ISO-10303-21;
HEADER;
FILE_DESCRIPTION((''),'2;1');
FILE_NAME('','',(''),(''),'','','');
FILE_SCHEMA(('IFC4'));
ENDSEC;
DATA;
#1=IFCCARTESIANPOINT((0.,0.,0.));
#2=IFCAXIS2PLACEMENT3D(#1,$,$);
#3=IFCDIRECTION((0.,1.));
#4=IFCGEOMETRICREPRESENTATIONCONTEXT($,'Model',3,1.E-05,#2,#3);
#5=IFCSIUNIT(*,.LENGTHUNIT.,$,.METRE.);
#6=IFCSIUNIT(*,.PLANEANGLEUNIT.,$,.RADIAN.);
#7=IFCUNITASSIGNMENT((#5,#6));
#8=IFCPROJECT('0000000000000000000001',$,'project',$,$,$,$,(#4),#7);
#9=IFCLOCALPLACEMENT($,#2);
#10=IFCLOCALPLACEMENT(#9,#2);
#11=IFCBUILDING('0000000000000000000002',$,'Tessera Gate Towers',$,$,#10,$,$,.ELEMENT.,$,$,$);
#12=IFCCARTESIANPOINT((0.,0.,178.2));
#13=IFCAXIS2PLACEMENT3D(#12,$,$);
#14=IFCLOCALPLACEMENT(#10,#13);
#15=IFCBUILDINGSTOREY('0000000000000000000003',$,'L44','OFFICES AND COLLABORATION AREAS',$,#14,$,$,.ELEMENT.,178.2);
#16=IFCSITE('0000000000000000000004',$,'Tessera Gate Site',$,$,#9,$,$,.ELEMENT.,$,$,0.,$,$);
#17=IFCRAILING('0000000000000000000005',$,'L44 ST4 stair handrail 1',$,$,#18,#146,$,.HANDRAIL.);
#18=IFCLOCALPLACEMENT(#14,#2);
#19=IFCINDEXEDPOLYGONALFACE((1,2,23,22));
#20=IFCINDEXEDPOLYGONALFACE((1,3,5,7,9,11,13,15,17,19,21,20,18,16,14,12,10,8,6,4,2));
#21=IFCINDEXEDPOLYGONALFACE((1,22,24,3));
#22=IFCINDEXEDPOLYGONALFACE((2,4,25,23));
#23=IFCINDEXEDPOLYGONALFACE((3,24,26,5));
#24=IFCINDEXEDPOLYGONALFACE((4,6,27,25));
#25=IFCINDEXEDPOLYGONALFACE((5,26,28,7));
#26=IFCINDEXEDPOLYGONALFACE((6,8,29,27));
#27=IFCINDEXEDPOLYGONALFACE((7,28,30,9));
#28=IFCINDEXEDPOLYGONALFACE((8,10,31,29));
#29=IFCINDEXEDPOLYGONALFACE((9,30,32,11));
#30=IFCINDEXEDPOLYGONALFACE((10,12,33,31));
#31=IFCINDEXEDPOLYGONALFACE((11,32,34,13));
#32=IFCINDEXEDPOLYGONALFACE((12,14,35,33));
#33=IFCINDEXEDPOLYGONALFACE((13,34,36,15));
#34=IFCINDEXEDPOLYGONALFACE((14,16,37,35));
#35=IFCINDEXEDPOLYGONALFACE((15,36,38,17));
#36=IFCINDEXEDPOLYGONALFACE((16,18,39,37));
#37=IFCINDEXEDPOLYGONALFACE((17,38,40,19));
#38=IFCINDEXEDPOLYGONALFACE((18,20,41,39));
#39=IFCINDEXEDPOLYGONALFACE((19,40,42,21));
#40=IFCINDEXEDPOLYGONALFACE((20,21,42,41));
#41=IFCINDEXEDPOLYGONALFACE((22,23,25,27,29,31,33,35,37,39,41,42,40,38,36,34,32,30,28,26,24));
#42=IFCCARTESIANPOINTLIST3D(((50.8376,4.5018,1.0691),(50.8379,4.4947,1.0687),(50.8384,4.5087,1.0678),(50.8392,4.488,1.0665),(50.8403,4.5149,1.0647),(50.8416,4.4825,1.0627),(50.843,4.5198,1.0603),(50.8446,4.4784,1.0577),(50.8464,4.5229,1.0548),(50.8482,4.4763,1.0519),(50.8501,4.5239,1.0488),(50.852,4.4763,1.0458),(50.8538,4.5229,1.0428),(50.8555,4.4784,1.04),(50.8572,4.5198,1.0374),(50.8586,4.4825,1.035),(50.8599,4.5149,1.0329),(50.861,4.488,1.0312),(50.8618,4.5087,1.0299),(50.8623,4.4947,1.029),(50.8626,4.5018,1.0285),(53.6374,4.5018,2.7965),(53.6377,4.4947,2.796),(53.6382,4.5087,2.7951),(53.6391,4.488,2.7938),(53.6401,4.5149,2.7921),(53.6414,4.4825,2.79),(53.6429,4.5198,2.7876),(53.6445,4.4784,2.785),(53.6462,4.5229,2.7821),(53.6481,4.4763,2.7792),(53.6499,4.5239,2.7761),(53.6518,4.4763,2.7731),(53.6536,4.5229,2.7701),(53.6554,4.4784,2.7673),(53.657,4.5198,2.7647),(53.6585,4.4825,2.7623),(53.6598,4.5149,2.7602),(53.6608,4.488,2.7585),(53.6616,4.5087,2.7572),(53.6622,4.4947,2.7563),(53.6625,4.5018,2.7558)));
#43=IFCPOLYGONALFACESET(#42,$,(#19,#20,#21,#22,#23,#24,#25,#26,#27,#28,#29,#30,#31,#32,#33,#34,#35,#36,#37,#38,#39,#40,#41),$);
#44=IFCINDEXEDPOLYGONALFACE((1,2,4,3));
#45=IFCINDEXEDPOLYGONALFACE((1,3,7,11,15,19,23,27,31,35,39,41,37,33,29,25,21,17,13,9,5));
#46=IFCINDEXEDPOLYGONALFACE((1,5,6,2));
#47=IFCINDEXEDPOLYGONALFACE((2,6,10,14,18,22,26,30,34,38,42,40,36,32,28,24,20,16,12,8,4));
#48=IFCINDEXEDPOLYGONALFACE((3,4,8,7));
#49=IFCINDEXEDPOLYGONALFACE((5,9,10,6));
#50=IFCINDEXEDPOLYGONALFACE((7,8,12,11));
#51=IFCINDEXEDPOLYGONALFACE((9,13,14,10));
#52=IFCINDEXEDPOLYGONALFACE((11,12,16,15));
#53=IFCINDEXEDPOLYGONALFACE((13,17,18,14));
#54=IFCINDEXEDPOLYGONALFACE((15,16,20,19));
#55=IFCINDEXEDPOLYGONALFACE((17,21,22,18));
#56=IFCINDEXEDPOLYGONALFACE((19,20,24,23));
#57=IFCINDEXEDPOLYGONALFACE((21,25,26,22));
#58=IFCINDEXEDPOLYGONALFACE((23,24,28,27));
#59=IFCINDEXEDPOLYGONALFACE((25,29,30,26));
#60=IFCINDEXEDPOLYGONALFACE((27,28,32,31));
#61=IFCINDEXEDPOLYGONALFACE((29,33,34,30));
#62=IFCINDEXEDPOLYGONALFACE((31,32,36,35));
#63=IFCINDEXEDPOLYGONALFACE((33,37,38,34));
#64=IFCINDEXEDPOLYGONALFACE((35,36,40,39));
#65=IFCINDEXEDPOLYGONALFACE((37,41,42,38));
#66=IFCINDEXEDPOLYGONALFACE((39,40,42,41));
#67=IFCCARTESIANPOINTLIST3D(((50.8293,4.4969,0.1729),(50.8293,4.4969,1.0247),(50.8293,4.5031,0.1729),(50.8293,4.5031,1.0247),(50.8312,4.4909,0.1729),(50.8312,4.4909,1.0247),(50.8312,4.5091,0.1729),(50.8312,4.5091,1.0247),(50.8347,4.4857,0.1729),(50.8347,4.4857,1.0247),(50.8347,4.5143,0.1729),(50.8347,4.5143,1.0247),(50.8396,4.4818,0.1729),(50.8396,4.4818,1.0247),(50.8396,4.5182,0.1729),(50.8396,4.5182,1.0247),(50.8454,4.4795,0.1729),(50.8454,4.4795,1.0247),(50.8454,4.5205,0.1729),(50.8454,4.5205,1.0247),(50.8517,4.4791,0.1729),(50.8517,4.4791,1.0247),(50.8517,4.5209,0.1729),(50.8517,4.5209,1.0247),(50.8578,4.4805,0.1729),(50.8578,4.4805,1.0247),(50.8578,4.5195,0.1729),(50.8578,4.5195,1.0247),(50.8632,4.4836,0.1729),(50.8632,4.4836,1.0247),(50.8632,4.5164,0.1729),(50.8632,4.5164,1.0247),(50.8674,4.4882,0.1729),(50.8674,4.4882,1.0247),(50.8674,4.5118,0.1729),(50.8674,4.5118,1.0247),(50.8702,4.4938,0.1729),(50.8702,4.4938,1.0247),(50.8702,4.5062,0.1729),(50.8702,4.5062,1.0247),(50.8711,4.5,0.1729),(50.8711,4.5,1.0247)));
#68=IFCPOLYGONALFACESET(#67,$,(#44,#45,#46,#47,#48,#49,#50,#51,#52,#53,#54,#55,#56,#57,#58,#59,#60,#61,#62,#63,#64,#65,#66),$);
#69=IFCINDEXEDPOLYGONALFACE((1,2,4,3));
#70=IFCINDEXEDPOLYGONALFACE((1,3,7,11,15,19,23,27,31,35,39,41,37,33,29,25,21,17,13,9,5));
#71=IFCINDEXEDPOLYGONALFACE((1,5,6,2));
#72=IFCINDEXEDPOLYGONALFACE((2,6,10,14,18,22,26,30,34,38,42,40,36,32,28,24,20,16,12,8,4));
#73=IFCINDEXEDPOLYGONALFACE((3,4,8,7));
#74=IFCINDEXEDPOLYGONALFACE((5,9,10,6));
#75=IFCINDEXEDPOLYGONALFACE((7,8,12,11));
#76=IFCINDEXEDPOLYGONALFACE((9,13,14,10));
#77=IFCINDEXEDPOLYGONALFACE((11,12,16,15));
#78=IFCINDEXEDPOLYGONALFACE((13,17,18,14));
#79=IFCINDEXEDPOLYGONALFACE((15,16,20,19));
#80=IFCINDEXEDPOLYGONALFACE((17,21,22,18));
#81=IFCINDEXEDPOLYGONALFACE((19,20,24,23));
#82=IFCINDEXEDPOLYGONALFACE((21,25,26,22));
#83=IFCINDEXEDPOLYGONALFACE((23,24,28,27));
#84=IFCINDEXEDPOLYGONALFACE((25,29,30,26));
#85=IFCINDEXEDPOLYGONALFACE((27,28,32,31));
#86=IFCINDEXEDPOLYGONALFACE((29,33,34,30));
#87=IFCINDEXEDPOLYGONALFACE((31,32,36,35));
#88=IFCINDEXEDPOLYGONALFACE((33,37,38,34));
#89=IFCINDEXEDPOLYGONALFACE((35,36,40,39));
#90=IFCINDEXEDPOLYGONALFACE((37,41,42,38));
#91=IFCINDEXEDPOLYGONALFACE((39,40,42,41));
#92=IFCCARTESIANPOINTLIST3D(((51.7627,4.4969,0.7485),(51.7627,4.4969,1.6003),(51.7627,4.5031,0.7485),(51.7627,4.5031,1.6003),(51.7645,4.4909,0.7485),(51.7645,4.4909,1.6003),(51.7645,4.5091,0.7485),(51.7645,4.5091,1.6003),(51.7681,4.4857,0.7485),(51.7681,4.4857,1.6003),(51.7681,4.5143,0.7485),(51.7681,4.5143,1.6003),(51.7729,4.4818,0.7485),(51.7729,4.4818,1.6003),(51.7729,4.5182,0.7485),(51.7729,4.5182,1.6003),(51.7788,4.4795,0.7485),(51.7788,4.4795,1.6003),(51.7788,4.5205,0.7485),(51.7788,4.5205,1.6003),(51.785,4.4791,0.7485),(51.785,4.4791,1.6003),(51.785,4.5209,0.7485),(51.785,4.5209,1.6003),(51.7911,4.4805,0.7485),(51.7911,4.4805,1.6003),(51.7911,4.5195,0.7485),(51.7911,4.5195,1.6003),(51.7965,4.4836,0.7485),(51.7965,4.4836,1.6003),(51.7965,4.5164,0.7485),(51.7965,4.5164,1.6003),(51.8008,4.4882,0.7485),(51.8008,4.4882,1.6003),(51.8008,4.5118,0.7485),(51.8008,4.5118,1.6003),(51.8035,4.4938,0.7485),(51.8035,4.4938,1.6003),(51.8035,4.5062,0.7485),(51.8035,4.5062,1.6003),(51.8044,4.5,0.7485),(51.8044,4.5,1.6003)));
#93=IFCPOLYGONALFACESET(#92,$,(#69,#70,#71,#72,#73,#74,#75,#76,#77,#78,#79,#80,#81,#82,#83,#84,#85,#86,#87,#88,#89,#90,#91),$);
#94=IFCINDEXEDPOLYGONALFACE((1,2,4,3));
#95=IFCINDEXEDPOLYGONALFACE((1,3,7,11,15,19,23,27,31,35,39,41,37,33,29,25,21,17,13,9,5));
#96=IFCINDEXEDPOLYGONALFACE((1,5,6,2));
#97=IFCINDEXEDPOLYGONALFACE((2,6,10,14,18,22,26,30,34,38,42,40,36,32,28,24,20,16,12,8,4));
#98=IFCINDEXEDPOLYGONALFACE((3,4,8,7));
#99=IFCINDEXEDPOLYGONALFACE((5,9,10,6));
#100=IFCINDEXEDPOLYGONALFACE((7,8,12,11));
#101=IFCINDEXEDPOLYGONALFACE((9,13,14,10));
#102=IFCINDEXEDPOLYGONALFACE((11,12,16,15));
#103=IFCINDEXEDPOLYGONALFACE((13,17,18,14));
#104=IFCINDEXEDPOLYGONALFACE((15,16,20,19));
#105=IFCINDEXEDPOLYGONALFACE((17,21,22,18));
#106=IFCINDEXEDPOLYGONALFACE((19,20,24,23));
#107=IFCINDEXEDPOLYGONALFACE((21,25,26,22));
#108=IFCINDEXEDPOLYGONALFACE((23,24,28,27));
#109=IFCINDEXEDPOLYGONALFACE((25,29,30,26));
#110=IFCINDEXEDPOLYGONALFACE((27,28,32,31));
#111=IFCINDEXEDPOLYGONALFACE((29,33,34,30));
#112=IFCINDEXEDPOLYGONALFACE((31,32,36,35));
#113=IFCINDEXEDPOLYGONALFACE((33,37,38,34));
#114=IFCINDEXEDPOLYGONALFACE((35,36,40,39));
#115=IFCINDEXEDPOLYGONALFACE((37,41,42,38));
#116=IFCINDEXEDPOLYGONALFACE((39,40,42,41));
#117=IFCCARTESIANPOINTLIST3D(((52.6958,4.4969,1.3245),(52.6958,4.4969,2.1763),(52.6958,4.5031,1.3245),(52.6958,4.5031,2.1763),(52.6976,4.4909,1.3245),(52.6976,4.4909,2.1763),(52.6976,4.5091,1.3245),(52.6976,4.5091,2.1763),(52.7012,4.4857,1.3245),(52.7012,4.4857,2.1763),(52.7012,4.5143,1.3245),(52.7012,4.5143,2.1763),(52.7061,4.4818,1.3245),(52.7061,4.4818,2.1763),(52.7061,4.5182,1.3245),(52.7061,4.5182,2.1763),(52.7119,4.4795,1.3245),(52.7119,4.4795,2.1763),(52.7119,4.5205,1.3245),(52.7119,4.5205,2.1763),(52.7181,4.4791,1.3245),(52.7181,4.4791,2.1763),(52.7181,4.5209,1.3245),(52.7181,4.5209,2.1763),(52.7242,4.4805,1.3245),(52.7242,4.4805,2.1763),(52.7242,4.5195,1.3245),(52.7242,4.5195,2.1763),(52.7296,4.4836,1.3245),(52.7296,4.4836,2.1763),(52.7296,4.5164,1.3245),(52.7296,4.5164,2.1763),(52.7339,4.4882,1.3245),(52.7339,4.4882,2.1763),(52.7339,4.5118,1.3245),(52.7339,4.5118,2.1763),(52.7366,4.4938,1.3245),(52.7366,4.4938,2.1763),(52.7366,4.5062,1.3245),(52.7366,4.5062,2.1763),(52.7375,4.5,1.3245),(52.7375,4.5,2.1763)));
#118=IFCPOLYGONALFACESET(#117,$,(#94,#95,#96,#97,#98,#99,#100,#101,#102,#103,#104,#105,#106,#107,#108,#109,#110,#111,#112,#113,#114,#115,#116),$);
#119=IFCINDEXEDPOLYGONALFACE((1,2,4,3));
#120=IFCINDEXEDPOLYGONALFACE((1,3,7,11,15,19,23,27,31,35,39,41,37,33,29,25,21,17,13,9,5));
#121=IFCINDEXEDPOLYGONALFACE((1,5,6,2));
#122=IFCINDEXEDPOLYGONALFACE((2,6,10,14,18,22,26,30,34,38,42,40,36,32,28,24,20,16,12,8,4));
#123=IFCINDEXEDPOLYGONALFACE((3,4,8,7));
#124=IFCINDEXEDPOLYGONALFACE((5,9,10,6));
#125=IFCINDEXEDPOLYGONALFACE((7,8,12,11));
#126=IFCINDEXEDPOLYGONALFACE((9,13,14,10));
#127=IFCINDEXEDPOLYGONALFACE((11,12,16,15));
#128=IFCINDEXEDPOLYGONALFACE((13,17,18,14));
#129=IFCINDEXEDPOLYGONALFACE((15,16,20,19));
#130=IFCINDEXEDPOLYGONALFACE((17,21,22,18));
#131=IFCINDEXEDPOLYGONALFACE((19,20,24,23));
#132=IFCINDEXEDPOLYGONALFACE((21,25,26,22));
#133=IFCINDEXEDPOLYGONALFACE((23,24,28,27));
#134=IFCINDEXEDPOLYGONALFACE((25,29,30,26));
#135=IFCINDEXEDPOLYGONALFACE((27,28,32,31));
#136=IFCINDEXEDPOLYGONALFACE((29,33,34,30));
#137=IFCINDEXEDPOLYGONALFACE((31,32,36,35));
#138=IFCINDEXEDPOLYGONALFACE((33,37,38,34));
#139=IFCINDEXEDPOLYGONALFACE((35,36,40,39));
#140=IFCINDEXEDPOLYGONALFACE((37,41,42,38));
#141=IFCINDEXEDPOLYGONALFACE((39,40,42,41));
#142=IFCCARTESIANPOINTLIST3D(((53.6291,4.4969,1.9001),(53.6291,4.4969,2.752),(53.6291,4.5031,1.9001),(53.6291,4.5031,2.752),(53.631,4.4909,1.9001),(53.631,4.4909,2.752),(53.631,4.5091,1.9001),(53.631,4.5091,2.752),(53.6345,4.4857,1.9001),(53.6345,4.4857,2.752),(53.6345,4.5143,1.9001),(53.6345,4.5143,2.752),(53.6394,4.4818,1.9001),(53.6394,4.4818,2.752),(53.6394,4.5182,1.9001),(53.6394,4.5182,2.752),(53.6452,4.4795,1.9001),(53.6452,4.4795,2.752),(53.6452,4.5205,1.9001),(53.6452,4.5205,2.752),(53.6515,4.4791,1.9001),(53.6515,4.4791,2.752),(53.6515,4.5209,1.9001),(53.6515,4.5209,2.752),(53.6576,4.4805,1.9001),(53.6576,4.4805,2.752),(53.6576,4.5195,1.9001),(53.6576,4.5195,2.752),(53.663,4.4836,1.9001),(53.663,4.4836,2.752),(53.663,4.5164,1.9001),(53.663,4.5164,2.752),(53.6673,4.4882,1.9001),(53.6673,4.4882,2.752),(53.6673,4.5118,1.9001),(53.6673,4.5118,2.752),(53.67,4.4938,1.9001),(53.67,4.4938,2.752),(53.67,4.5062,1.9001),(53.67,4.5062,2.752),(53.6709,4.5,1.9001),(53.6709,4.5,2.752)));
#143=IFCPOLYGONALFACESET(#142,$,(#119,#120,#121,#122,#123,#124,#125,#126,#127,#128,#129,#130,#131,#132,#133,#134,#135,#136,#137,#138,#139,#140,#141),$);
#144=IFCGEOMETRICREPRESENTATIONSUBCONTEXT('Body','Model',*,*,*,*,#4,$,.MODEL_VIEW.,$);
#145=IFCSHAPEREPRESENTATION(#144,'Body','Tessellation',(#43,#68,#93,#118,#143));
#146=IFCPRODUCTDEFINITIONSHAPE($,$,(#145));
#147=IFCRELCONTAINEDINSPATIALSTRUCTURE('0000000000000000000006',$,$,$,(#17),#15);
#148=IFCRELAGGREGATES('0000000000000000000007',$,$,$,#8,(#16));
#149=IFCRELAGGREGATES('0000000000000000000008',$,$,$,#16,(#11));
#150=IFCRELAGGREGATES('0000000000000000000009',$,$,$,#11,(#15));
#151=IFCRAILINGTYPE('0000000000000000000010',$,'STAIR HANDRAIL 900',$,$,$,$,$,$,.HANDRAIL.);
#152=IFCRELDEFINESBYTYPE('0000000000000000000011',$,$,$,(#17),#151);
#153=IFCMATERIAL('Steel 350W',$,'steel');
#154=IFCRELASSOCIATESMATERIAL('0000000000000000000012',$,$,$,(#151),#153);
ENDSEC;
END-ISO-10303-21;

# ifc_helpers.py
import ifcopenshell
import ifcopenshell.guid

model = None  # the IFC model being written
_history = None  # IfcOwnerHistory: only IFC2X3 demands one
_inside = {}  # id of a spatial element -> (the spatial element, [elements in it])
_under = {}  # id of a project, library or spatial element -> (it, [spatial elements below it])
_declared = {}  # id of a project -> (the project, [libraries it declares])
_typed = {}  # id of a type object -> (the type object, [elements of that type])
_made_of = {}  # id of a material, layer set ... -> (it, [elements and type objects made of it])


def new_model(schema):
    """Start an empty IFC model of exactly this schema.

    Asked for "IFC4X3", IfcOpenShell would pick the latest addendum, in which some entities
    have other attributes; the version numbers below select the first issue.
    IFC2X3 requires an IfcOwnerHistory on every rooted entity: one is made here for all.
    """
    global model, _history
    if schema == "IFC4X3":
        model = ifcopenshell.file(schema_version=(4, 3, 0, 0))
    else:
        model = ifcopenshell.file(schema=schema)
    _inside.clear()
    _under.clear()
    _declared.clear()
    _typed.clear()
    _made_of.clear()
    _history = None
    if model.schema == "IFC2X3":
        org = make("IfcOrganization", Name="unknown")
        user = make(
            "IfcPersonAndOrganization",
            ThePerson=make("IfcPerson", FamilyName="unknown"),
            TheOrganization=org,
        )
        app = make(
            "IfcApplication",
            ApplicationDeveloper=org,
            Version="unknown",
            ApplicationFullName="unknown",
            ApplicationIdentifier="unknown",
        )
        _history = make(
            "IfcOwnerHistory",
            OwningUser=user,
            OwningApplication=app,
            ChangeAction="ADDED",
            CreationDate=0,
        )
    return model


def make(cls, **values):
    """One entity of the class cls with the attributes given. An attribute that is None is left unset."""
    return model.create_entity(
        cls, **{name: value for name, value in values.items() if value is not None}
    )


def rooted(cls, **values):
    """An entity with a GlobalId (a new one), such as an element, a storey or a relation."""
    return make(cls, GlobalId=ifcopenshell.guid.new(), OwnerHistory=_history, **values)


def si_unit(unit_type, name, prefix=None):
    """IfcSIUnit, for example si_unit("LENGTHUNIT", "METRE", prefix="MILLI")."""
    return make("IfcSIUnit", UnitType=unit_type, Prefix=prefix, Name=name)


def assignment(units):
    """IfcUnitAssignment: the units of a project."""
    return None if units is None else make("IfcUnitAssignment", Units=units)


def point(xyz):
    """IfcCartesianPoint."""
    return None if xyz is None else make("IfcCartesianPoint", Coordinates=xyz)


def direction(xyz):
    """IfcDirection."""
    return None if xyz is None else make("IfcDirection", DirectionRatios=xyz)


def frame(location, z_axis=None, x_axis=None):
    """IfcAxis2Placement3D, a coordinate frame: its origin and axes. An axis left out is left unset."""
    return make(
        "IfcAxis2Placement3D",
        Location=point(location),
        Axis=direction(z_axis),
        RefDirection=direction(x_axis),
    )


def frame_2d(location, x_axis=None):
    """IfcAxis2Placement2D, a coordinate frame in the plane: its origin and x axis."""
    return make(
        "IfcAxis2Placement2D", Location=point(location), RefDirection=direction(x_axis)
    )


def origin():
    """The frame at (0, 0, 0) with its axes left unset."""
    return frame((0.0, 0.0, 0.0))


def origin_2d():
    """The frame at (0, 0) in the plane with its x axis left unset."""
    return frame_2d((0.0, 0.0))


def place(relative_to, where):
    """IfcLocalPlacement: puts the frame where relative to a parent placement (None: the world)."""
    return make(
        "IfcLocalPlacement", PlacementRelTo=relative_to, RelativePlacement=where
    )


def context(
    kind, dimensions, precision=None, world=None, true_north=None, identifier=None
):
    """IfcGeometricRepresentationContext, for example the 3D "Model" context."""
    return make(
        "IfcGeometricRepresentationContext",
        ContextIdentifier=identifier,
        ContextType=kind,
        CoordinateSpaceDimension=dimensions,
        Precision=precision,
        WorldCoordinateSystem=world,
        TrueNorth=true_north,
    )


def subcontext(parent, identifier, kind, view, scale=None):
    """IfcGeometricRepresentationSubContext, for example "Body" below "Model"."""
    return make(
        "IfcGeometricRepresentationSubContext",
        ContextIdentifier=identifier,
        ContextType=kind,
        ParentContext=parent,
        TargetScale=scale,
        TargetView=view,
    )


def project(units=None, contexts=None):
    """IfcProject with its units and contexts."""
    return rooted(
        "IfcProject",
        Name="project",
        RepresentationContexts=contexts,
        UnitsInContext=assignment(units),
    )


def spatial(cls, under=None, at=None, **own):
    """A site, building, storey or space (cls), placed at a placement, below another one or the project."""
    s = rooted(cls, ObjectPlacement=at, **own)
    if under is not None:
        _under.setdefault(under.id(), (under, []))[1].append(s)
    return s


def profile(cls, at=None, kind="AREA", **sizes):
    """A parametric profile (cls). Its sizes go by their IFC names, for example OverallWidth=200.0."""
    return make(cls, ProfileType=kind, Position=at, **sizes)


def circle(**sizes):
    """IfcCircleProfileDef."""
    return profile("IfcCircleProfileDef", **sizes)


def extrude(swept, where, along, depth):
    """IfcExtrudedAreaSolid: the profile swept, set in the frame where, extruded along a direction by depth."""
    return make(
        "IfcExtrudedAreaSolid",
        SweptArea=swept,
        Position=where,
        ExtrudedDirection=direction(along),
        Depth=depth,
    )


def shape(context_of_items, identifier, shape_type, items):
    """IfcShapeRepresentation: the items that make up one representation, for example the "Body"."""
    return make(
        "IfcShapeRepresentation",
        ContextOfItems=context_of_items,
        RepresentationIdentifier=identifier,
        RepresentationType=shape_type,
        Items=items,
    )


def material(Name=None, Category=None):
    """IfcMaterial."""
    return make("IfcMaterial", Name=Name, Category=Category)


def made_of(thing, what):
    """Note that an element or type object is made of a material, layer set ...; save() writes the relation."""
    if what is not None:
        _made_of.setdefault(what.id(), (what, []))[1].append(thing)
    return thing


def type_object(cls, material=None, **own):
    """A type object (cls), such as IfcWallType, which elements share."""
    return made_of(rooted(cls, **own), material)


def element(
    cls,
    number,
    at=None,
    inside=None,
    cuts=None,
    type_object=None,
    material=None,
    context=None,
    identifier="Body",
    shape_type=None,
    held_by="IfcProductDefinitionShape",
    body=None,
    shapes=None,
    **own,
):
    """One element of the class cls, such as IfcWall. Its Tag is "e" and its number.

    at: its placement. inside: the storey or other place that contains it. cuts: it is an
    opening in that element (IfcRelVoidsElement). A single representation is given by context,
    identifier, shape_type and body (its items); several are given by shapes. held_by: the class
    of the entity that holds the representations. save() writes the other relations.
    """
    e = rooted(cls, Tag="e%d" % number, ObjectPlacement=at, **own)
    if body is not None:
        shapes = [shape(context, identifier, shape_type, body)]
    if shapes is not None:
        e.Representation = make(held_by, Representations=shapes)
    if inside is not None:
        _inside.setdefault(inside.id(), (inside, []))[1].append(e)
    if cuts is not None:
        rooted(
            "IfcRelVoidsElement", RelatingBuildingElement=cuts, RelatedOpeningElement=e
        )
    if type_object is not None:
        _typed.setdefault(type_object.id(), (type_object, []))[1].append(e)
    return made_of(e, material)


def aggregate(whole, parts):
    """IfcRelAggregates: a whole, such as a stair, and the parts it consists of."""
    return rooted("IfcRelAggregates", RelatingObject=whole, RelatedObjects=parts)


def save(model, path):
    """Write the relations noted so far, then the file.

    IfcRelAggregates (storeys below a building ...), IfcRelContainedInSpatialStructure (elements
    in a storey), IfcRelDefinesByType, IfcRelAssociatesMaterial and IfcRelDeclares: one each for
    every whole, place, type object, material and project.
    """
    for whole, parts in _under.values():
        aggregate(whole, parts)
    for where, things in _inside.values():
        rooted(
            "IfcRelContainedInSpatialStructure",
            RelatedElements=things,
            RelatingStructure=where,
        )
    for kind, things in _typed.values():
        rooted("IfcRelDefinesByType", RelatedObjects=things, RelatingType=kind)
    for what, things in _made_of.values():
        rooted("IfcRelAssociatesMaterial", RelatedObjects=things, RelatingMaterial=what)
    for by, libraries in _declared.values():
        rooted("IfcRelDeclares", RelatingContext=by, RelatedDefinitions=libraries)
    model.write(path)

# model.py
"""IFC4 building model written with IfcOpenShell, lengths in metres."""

from ifc_helpers import new_model, si_unit, direction, frame, origin, origin_2d, place, context, subcontext, project, spatial, circle, extrude, material, type_object, element, save


model = new_model("IFC4")

# Units and contexts
model_context = context("Model", 3, precision=1e-05, world=origin(), true_north=direction((0.0, 1.0)))
body_context = subcontext(model_context, "Body", "Model", "MODEL_VIEW")
ifc_project = project(units=[si_unit("LENGTHUNIT", "METRE"), si_unit("PLANEANGLEUNIT", "RADIAN")], contexts=[model_context])

# Site, building, storey
site_placement = place(None, origin())
site = spatial("IfcSite", under=ifc_project, at=site_placement, Name="Tessera Gate Site", CompositionType="ELEMENT", RefElevation=0.0)
building_placement = place(site_placement, origin())
building = spatial("IfcBuilding", under=site, at=building_placement, Name="Tessera Gate Towers", CompositionType="ELEMENT")
storey_placement = place(building_placement, frame((0.0, 0.0, 178.2)))
storey = spatial("IfcBuildingStorey", under=building, at=storey_placement, Name="L44", Description="OFFICES AND COLLABORATION AREAS", CompositionType="ELEMENT", Elevation=178.2)

# Railing
ifc_material_1 = material(Name="Steel 350W", Category="steel")
railing_type_1 = type_object("IfcRailingType", Name="STAIR HANDRAIL 900", PredefinedType="HANDRAIL", material=ifc_material_1)
railing_1_placement = place(storey_placement, frame((50.8501, 4.5, 0.1729)))
element("IfcRailing", 1, at=railing_1_placement, inside=storey, type_object=railing_type_1, Name="L44 ST4 stair handrail 1", PredefinedType="HANDRAIL", context=body_context, shape_type="SweptSolid", body=[
    extrude(circle(Radius=0.0239, at=origin_2d()), frame((0.0, 0.0, 0.876), z_axis=(0.851069, 0.0, 0.525054), x_axis=(0.0, 1.0, 0.0)), (0.0, 0.0, 1.0), 3.2898),
    extrude(circle(Radius=0.021, at=origin_2d()), origin(), (0.0, 0.0, 1.0), 0.8518),
    extrude(circle(Radius=0.021, at=origin_2d()), frame((0.9333, 0.0, 0.5757)), (0.0, 0.0, 1.0), 0.8518),
    extrude(circle(Radius=0.021, at=origin_2d()), frame((1.8665, 0.0, 1.1516)), (0.0, 0.0, 1.0), 0.8518),
    extrude(circle(Radius=0.021, at=origin_2d()), frame((2.7998, 0.0, 1.7273)), (0.0, 0.0, 1.0), 0.8518),
])

save(model, "model.ifc")
